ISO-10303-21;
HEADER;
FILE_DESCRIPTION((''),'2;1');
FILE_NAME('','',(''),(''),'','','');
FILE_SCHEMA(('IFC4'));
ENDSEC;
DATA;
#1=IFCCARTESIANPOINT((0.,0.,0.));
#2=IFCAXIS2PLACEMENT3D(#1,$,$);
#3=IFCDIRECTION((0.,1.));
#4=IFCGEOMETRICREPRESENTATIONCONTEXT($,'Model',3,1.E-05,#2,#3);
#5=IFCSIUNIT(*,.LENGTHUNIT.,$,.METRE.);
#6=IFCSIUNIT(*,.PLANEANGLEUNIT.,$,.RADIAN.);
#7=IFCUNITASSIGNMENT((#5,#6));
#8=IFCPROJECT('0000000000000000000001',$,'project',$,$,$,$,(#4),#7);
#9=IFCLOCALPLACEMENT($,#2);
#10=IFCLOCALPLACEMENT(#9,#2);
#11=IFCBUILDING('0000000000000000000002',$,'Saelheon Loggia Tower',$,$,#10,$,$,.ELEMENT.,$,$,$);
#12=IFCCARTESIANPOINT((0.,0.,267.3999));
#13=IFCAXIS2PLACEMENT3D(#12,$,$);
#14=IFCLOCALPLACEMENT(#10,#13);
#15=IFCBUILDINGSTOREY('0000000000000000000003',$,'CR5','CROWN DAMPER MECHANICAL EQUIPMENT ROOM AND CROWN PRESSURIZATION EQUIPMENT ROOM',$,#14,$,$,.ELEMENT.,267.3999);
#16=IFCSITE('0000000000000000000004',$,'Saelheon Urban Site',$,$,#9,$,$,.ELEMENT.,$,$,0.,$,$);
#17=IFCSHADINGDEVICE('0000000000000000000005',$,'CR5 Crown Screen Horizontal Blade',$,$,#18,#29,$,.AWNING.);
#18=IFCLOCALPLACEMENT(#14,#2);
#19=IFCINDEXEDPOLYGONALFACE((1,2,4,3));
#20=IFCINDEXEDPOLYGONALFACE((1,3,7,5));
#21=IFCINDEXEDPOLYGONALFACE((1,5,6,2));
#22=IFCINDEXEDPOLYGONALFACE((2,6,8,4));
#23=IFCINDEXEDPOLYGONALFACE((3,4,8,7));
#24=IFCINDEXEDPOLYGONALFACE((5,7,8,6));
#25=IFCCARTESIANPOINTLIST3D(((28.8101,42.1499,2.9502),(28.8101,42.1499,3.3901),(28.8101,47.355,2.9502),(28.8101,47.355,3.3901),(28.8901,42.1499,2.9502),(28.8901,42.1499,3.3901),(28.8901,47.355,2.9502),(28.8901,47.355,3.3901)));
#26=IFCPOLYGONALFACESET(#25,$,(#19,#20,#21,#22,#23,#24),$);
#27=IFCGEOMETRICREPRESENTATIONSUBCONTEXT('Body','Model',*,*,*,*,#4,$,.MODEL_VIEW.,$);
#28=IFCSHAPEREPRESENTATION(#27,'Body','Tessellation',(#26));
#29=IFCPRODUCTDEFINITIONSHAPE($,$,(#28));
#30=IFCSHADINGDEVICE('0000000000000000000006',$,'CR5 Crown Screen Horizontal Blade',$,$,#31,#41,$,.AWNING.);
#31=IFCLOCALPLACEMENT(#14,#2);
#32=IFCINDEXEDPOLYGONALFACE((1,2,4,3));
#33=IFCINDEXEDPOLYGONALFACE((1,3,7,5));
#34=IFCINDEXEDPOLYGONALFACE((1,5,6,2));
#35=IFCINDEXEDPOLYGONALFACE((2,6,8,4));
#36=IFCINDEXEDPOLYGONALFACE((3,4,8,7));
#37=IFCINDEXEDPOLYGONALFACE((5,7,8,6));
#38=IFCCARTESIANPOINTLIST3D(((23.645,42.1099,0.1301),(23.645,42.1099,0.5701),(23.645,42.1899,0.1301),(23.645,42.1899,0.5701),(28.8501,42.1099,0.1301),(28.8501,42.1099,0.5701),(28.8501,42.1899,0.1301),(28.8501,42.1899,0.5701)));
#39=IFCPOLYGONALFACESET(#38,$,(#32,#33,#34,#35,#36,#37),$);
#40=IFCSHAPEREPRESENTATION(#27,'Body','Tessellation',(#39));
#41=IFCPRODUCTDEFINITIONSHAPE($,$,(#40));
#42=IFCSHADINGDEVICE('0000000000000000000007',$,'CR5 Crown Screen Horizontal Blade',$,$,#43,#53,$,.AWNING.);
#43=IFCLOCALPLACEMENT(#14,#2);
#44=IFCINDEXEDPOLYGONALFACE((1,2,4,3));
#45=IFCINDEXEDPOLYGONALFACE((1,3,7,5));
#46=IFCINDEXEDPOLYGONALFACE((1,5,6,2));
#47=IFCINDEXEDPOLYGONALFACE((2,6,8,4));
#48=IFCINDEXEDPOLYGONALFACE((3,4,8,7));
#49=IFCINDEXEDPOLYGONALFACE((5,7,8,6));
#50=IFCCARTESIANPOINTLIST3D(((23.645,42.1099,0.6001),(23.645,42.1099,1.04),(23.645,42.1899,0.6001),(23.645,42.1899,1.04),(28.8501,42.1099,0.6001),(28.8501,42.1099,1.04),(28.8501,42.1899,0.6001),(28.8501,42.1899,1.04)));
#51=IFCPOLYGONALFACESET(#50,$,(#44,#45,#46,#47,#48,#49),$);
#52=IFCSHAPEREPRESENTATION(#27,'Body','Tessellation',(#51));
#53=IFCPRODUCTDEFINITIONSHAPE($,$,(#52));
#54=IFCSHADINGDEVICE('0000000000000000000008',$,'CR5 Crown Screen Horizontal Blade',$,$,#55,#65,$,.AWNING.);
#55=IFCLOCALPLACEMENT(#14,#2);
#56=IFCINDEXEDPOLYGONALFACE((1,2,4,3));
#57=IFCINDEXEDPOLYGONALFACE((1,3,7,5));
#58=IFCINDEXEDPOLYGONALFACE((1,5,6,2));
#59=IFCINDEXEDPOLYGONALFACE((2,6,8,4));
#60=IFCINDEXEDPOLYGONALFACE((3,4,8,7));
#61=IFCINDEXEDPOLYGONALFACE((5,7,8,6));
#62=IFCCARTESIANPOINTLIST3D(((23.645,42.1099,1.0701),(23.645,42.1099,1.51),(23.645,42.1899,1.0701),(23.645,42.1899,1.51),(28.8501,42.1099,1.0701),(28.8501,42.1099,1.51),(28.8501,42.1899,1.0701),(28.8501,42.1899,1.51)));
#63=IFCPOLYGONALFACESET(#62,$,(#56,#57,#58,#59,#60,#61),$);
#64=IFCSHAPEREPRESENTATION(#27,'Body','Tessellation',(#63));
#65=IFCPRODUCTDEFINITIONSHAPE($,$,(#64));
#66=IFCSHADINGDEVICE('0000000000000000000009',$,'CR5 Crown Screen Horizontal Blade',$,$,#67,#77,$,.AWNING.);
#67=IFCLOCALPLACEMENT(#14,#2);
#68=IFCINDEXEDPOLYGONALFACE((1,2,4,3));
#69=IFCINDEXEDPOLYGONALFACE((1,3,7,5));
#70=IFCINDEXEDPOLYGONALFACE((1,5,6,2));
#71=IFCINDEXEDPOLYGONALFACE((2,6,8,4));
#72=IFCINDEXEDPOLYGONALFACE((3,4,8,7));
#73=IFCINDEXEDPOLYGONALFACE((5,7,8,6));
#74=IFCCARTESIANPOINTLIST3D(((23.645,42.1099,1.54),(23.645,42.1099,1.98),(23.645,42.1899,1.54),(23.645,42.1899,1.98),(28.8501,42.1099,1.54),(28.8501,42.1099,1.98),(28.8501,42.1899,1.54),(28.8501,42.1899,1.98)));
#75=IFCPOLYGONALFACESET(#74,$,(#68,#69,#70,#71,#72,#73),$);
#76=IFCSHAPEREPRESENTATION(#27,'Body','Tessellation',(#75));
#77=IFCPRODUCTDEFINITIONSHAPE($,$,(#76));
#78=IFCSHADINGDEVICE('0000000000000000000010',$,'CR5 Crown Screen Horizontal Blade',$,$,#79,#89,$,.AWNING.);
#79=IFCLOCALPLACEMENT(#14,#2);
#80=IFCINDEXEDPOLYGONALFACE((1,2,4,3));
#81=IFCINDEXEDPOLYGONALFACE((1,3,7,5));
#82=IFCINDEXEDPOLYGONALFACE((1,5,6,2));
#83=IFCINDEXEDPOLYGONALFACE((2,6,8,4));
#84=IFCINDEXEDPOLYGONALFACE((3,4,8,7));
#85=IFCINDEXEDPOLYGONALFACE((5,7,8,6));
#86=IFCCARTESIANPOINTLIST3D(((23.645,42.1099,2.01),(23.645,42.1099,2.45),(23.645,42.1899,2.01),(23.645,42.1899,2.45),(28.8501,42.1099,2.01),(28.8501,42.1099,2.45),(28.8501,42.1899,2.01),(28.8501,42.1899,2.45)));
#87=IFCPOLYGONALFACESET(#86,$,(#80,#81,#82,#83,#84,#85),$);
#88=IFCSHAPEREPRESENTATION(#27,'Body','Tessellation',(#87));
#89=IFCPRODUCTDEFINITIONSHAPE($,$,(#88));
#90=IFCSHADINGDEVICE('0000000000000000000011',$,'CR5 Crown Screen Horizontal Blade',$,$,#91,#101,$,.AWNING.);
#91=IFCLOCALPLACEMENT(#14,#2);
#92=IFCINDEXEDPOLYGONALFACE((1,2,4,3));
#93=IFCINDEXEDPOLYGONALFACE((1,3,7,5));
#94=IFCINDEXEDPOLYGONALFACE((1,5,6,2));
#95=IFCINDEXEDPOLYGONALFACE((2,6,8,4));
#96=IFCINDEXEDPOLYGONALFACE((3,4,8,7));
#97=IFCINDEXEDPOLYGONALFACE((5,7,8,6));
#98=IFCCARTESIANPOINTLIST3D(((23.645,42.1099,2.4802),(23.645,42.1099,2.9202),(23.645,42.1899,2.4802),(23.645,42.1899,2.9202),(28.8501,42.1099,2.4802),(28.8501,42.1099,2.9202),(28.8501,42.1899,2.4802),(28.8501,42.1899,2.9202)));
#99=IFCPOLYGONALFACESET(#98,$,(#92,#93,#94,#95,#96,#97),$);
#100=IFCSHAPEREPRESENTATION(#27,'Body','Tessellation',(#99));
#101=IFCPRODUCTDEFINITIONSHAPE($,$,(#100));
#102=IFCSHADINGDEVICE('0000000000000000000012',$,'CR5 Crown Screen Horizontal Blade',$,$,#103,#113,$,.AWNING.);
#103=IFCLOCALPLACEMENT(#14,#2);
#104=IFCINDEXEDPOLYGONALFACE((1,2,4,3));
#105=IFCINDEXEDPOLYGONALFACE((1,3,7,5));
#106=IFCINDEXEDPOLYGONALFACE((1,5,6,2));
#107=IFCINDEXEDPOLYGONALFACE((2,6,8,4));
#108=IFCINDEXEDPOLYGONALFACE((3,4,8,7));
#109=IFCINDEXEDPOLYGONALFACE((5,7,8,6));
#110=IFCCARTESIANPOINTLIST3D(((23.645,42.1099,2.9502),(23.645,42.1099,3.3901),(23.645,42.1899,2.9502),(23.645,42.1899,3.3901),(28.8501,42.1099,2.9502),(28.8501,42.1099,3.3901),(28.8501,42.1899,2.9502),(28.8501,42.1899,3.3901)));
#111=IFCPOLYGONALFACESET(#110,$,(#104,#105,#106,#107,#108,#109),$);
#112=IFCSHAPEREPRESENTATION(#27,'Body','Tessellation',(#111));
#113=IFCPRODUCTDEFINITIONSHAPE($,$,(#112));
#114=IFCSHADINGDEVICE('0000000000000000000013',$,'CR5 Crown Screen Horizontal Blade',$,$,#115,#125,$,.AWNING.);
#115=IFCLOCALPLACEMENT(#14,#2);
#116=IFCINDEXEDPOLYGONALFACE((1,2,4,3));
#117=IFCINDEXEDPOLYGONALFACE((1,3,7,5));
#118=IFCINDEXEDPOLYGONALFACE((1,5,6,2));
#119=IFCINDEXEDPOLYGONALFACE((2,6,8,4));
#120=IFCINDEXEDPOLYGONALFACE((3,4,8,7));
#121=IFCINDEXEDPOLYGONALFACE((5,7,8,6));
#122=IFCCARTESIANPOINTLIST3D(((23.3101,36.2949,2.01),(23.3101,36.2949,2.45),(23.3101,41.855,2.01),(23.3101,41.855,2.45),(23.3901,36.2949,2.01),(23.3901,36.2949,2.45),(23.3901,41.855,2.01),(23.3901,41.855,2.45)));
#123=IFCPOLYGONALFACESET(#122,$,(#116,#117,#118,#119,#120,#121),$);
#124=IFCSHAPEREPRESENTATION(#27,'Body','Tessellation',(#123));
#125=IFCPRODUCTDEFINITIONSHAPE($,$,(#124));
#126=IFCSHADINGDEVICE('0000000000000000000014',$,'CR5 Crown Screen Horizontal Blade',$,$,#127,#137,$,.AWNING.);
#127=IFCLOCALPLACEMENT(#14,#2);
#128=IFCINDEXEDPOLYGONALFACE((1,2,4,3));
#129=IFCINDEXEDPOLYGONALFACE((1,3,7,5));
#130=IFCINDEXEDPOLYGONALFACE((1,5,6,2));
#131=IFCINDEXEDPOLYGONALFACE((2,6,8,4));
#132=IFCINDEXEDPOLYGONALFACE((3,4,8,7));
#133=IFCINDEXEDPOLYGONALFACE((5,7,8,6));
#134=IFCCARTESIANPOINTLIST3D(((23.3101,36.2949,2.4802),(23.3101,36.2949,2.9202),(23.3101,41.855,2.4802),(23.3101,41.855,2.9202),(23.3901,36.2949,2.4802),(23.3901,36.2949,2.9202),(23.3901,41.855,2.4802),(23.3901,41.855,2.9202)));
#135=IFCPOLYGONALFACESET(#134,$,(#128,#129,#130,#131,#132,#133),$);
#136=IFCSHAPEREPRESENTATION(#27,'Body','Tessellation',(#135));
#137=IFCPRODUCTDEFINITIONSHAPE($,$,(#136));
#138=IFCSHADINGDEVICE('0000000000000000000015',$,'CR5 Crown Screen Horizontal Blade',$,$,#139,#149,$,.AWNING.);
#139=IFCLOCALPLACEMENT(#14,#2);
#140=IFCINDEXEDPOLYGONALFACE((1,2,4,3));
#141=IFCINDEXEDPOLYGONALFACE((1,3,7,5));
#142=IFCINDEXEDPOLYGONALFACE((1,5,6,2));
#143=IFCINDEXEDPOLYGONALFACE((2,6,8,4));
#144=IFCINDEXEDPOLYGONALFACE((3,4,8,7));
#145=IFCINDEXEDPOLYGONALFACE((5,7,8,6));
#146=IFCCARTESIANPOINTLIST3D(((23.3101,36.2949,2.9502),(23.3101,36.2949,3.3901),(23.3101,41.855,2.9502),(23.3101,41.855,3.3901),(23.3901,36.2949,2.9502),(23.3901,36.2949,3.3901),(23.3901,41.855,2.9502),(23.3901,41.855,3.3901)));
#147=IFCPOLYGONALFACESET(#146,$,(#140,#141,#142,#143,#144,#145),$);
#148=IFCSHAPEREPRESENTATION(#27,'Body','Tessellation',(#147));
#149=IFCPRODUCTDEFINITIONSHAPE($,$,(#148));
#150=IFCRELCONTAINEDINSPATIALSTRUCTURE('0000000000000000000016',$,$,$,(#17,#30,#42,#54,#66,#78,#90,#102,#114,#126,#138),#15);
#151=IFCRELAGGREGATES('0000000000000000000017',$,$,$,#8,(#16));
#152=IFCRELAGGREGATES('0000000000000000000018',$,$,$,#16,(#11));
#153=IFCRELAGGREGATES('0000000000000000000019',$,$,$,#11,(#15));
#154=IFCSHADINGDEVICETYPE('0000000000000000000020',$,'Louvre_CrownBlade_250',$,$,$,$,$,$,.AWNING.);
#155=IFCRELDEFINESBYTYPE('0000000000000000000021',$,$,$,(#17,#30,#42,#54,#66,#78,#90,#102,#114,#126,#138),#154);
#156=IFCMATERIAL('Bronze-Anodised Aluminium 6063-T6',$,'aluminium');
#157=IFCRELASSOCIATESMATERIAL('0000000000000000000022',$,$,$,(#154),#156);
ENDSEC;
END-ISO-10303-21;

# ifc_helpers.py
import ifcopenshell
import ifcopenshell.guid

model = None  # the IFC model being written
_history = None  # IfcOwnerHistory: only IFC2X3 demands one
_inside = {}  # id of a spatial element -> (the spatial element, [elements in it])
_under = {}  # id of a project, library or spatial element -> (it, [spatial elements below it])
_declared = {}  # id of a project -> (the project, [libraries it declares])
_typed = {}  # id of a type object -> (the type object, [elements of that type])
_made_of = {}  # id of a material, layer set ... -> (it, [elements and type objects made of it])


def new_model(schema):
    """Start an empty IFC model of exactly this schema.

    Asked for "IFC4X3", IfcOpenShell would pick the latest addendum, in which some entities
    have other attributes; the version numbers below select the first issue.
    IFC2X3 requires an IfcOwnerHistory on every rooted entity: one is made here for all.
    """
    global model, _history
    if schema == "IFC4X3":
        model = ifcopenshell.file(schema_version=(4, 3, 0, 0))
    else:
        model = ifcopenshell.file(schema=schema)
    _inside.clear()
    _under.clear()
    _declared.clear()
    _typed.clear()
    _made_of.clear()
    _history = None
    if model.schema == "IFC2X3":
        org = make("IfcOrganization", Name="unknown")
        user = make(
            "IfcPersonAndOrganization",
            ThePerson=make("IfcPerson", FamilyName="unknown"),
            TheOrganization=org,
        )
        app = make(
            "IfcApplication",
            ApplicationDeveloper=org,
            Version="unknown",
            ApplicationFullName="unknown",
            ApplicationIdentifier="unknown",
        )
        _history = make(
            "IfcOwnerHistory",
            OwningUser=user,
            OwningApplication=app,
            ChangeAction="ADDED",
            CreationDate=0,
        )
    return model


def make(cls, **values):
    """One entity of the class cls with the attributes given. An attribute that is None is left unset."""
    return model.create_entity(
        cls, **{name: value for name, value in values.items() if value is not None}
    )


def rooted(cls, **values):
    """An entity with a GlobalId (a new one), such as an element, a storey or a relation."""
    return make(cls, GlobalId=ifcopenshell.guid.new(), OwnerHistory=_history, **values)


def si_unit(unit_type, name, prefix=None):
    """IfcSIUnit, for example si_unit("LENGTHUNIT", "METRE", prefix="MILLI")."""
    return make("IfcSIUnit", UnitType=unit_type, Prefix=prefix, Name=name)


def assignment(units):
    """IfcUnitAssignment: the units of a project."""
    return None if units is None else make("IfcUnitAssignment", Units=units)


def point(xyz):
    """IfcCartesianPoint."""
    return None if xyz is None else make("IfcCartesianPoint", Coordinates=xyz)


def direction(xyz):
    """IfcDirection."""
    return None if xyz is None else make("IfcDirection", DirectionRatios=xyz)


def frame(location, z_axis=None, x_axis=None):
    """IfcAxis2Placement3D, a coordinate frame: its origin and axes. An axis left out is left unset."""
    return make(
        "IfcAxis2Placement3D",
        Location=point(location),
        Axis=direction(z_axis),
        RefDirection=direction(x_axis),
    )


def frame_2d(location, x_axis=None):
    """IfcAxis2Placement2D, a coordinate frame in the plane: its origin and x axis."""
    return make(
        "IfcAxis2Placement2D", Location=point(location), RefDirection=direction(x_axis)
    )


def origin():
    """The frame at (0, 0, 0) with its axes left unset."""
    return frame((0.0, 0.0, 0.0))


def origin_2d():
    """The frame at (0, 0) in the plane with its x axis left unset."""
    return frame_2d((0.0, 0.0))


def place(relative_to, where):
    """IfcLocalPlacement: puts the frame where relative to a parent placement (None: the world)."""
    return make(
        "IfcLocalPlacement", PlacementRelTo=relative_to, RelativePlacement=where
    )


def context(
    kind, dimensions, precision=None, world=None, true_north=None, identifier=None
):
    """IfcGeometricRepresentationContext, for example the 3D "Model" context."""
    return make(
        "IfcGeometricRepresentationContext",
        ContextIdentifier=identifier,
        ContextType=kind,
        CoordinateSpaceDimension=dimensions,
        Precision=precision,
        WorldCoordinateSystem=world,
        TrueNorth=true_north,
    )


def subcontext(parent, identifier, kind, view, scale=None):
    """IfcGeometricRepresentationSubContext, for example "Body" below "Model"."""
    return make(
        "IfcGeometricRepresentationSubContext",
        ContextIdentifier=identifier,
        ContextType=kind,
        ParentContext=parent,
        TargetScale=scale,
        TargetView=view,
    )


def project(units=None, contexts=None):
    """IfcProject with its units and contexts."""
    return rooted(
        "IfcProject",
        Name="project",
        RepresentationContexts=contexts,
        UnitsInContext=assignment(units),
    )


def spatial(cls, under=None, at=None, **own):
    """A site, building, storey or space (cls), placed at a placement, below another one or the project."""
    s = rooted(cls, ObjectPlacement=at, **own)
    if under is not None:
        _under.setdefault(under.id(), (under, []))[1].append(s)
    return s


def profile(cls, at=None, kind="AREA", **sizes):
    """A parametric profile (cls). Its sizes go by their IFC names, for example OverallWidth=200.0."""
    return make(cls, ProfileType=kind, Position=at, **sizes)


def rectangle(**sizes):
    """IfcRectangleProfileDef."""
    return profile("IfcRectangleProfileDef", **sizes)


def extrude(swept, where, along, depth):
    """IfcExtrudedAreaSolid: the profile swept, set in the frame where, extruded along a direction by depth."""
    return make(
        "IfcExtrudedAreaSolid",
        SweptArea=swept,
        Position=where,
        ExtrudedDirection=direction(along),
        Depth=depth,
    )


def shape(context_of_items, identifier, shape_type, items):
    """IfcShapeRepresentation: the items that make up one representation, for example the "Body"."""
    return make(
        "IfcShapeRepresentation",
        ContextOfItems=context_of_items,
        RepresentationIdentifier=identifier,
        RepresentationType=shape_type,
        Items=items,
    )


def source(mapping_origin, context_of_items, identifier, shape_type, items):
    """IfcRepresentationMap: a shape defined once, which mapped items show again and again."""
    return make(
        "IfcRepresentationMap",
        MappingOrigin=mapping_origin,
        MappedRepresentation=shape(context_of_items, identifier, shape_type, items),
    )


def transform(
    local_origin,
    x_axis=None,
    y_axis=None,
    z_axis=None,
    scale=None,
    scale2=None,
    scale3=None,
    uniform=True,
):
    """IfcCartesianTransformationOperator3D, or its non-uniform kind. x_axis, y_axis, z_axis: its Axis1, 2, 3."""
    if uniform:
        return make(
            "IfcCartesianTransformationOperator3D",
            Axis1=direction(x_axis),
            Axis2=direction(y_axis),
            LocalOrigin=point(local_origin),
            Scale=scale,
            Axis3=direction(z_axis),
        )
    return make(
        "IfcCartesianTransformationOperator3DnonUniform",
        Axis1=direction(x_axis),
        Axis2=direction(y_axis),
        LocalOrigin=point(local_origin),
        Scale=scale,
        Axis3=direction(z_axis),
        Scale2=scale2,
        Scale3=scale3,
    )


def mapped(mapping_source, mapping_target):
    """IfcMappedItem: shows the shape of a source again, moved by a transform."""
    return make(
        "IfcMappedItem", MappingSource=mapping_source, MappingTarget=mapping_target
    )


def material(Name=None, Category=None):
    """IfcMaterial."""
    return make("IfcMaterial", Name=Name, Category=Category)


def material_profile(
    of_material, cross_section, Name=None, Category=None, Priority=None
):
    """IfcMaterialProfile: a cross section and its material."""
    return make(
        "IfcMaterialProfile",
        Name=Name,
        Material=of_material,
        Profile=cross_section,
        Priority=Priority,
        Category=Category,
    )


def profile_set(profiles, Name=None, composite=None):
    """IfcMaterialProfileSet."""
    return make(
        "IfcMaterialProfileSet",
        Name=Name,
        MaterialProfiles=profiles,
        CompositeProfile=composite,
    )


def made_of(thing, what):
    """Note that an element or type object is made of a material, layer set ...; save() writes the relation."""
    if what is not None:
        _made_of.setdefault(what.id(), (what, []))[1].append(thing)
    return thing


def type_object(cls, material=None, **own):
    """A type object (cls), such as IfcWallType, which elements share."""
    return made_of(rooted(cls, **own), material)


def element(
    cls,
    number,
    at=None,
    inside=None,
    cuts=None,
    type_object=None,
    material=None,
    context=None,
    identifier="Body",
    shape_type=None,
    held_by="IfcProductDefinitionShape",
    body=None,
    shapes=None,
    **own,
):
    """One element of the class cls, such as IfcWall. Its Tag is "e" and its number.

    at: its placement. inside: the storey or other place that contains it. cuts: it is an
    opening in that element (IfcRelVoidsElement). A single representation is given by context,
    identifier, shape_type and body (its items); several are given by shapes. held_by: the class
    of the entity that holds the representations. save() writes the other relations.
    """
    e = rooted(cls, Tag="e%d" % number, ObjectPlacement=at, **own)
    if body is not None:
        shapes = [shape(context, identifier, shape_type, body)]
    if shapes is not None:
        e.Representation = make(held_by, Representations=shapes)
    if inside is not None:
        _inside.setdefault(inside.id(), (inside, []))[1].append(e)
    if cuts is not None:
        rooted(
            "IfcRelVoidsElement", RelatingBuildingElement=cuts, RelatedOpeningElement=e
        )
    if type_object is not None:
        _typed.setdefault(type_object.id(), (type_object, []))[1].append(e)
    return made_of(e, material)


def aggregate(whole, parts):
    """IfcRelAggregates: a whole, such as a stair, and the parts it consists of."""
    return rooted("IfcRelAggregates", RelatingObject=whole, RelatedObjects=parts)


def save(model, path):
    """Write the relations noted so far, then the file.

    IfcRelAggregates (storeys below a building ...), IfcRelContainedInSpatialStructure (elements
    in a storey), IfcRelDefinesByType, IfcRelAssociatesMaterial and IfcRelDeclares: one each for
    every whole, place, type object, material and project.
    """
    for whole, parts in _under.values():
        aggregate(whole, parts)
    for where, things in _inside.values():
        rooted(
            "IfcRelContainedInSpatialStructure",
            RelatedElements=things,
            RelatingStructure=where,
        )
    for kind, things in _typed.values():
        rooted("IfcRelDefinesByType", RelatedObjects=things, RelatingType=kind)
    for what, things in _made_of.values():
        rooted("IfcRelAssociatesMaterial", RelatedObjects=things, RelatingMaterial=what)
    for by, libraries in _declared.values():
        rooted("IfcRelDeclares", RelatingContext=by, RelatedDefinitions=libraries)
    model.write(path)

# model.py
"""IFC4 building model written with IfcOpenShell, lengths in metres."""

from ifc_helpers import new_model, si_unit, direction, frame, origin, origin_2d, place, context, subcontext, project, spatial, rectangle, extrude, source, transform, mapped, material, material_profile, profile_set, type_object, element, save


model = new_model("IFC4")

# Units and contexts
model_context = context("Model", 3, precision=1e-05, world=origin(), true_north=direction((0.0, 1.0)))
body_context = subcontext(model_context, "Body", "Model", "MODEL_VIEW")
ifc_project = project(units=[si_unit("LENGTHUNIT", "METRE"), si_unit("PLANEANGLEUNIT", "RADIAN")], contexts=[model_context])

# Site, building, storey
site_placement = place(None, origin())
site = spatial("IfcSite", under=ifc_project, at=site_placement, Name="Saelheon Urban Site", CompositionType="ELEMENT", RefElevation=0.0)
building_placement = place(site_placement, origin())
building = spatial("IfcBuilding", under=site, at=building_placement, Name="Saelheon Loggia Tower", CompositionType="ELEMENT")
storey_placement = place(building_placement, frame((0.0, 0.0, 267.3999)))
storey = spatial("IfcBuildingStorey", under=building, at=storey_placement, Name="CR5", Description="CROWN DAMPER MECHANICAL EQUIPMENT ROOM AND CROWN PRESSURIZATION EQUIPMENT ROOM", CompositionType="ELEMENT", Elevation=267.3999)

# Shading devices
ifc_material_1 = material(Name="Bronze-Anodised Aluminium 6063-T6", Category="aluminium")
ifc_material_profile_1 = material_profile(ifc_material_1, rectangle(XDim=0.0801, YDim=0.4399, at=origin_2d()), Name="Louvre_CrownBlade_250")
ifc_profile_set_1 = profile_set([ifc_material_profile_1], Name="Bronze-Anodised Aluminium 6063-T6")
shading_device_type = type_object("IfcShadingDeviceType", Name="Louvre_CrownBlade_250", PredefinedType="AWNING", material=ifc_profile_set_1)
shared_shape_1 = source(origin(), body_context, "Body", "SweptSolid", [
    extrude(rectangle(XDim=0.0801, YDim=0.4399, at=origin_2d()), origin(), (0.0, 0.0, 1.0), 5.2051),
])
for number, where, z_axis, x_axis, name in (
    (1, (28.8501, 47.355, 3.1702), (0.0, -1.0, 0.0), (1.0, 0.0, 0.0), "CR5 Crown Screen Horizontal Blade"),
    (2, (28.8501, 42.1499, 0.3501), (-1.0, 0.0, 0.0), (0.0, -1.0, 0.0), "CR5 Crown Screen Horizontal Blade"),
    (3, (28.8501, 42.1499, 0.8201), (-1.0, 0.0, 0.0), (0.0, -1.0, 0.0), "CR5 Crown Screen Horizontal Blade"),
    (4, (28.8501, 42.1499, 1.29), (-1.0, 0.0, 0.0), (0.0, -1.0, 0.0), "CR5 Crown Screen Horizontal Blade"),
    (5, (28.8501, 42.1499, 1.76), (-1.0, 0.0, 0.0), (0.0, -1.0, 0.0), "CR5 Crown Screen Horizontal Blade"),
    (6, (28.8501, 42.1499, 2.23), (-1.0, 0.0, 0.0), (0.0, -1.0, 0.0), "CR5 Crown Screen Horizontal Blade"),
    (7, (28.8501, 42.1499, 2.7002), (-1.0, 0.0, 0.0), (0.0, -1.0, 0.0), "CR5 Crown Screen Horizontal Blade"),
    (8, (28.8501, 42.1499, 3.1702), (-1.0, 0.0, 0.0), (0.0, -1.0, 0.0), "CR5 Crown Screen Horizontal Blade"),
):
    element("IfcShadingDevice", number, at=place(storey_placement, frame(where, z_axis=z_axis, x_axis=x_axis)), inside=storey, type_object=shading_device_type, Name=name, PredefinedType="AWNING", context=body_context, shape_type="MappedRepresentation", body=[
        mapped(shared_shape_1, transform((0.0, 0.0, 0.0), scale=1.0)),
    ])
shared_shape_2 = source(origin(), body_context, "Body", "SweptSolid", [
    extrude(rectangle(XDim=0.0801, YDim=0.4399, at=origin_2d()), origin(), (0.0, 0.0, 1.0), 5.5601),
])
for number, where, z_axis, x_axis, name in (
    (9, (23.3501, 41.855, 2.23), (0.0, -1.0, 0.0), (1.0, 0.0, 0.0), "CR5 Crown Screen Horizontal Blade"),
    (10, (23.3501, 41.855, 2.7002), (0.0, -1.0, 0.0), (1.0, 0.0, 0.0), "CR5 Crown Screen Horizontal Blade"),
    (11, (23.3501, 41.855, 3.1702), (0.0, -1.0, 0.0), (1.0, 0.0, 0.0), "CR5 Crown Screen Horizontal Blade"),
):
    element("IfcShadingDevice", number, at=place(storey_placement, frame(where, z_axis=z_axis, x_axis=x_axis)), inside=storey, type_object=shading_device_type, Name=name, PredefinedType="AWNING", context=body_context, shape_type="MappedRepresentation", body=[
        mapped(shared_shape_2, transform((0.0, 0.0, 0.0), scale=1.0)),
    ])

save(model, "model.ifc")
